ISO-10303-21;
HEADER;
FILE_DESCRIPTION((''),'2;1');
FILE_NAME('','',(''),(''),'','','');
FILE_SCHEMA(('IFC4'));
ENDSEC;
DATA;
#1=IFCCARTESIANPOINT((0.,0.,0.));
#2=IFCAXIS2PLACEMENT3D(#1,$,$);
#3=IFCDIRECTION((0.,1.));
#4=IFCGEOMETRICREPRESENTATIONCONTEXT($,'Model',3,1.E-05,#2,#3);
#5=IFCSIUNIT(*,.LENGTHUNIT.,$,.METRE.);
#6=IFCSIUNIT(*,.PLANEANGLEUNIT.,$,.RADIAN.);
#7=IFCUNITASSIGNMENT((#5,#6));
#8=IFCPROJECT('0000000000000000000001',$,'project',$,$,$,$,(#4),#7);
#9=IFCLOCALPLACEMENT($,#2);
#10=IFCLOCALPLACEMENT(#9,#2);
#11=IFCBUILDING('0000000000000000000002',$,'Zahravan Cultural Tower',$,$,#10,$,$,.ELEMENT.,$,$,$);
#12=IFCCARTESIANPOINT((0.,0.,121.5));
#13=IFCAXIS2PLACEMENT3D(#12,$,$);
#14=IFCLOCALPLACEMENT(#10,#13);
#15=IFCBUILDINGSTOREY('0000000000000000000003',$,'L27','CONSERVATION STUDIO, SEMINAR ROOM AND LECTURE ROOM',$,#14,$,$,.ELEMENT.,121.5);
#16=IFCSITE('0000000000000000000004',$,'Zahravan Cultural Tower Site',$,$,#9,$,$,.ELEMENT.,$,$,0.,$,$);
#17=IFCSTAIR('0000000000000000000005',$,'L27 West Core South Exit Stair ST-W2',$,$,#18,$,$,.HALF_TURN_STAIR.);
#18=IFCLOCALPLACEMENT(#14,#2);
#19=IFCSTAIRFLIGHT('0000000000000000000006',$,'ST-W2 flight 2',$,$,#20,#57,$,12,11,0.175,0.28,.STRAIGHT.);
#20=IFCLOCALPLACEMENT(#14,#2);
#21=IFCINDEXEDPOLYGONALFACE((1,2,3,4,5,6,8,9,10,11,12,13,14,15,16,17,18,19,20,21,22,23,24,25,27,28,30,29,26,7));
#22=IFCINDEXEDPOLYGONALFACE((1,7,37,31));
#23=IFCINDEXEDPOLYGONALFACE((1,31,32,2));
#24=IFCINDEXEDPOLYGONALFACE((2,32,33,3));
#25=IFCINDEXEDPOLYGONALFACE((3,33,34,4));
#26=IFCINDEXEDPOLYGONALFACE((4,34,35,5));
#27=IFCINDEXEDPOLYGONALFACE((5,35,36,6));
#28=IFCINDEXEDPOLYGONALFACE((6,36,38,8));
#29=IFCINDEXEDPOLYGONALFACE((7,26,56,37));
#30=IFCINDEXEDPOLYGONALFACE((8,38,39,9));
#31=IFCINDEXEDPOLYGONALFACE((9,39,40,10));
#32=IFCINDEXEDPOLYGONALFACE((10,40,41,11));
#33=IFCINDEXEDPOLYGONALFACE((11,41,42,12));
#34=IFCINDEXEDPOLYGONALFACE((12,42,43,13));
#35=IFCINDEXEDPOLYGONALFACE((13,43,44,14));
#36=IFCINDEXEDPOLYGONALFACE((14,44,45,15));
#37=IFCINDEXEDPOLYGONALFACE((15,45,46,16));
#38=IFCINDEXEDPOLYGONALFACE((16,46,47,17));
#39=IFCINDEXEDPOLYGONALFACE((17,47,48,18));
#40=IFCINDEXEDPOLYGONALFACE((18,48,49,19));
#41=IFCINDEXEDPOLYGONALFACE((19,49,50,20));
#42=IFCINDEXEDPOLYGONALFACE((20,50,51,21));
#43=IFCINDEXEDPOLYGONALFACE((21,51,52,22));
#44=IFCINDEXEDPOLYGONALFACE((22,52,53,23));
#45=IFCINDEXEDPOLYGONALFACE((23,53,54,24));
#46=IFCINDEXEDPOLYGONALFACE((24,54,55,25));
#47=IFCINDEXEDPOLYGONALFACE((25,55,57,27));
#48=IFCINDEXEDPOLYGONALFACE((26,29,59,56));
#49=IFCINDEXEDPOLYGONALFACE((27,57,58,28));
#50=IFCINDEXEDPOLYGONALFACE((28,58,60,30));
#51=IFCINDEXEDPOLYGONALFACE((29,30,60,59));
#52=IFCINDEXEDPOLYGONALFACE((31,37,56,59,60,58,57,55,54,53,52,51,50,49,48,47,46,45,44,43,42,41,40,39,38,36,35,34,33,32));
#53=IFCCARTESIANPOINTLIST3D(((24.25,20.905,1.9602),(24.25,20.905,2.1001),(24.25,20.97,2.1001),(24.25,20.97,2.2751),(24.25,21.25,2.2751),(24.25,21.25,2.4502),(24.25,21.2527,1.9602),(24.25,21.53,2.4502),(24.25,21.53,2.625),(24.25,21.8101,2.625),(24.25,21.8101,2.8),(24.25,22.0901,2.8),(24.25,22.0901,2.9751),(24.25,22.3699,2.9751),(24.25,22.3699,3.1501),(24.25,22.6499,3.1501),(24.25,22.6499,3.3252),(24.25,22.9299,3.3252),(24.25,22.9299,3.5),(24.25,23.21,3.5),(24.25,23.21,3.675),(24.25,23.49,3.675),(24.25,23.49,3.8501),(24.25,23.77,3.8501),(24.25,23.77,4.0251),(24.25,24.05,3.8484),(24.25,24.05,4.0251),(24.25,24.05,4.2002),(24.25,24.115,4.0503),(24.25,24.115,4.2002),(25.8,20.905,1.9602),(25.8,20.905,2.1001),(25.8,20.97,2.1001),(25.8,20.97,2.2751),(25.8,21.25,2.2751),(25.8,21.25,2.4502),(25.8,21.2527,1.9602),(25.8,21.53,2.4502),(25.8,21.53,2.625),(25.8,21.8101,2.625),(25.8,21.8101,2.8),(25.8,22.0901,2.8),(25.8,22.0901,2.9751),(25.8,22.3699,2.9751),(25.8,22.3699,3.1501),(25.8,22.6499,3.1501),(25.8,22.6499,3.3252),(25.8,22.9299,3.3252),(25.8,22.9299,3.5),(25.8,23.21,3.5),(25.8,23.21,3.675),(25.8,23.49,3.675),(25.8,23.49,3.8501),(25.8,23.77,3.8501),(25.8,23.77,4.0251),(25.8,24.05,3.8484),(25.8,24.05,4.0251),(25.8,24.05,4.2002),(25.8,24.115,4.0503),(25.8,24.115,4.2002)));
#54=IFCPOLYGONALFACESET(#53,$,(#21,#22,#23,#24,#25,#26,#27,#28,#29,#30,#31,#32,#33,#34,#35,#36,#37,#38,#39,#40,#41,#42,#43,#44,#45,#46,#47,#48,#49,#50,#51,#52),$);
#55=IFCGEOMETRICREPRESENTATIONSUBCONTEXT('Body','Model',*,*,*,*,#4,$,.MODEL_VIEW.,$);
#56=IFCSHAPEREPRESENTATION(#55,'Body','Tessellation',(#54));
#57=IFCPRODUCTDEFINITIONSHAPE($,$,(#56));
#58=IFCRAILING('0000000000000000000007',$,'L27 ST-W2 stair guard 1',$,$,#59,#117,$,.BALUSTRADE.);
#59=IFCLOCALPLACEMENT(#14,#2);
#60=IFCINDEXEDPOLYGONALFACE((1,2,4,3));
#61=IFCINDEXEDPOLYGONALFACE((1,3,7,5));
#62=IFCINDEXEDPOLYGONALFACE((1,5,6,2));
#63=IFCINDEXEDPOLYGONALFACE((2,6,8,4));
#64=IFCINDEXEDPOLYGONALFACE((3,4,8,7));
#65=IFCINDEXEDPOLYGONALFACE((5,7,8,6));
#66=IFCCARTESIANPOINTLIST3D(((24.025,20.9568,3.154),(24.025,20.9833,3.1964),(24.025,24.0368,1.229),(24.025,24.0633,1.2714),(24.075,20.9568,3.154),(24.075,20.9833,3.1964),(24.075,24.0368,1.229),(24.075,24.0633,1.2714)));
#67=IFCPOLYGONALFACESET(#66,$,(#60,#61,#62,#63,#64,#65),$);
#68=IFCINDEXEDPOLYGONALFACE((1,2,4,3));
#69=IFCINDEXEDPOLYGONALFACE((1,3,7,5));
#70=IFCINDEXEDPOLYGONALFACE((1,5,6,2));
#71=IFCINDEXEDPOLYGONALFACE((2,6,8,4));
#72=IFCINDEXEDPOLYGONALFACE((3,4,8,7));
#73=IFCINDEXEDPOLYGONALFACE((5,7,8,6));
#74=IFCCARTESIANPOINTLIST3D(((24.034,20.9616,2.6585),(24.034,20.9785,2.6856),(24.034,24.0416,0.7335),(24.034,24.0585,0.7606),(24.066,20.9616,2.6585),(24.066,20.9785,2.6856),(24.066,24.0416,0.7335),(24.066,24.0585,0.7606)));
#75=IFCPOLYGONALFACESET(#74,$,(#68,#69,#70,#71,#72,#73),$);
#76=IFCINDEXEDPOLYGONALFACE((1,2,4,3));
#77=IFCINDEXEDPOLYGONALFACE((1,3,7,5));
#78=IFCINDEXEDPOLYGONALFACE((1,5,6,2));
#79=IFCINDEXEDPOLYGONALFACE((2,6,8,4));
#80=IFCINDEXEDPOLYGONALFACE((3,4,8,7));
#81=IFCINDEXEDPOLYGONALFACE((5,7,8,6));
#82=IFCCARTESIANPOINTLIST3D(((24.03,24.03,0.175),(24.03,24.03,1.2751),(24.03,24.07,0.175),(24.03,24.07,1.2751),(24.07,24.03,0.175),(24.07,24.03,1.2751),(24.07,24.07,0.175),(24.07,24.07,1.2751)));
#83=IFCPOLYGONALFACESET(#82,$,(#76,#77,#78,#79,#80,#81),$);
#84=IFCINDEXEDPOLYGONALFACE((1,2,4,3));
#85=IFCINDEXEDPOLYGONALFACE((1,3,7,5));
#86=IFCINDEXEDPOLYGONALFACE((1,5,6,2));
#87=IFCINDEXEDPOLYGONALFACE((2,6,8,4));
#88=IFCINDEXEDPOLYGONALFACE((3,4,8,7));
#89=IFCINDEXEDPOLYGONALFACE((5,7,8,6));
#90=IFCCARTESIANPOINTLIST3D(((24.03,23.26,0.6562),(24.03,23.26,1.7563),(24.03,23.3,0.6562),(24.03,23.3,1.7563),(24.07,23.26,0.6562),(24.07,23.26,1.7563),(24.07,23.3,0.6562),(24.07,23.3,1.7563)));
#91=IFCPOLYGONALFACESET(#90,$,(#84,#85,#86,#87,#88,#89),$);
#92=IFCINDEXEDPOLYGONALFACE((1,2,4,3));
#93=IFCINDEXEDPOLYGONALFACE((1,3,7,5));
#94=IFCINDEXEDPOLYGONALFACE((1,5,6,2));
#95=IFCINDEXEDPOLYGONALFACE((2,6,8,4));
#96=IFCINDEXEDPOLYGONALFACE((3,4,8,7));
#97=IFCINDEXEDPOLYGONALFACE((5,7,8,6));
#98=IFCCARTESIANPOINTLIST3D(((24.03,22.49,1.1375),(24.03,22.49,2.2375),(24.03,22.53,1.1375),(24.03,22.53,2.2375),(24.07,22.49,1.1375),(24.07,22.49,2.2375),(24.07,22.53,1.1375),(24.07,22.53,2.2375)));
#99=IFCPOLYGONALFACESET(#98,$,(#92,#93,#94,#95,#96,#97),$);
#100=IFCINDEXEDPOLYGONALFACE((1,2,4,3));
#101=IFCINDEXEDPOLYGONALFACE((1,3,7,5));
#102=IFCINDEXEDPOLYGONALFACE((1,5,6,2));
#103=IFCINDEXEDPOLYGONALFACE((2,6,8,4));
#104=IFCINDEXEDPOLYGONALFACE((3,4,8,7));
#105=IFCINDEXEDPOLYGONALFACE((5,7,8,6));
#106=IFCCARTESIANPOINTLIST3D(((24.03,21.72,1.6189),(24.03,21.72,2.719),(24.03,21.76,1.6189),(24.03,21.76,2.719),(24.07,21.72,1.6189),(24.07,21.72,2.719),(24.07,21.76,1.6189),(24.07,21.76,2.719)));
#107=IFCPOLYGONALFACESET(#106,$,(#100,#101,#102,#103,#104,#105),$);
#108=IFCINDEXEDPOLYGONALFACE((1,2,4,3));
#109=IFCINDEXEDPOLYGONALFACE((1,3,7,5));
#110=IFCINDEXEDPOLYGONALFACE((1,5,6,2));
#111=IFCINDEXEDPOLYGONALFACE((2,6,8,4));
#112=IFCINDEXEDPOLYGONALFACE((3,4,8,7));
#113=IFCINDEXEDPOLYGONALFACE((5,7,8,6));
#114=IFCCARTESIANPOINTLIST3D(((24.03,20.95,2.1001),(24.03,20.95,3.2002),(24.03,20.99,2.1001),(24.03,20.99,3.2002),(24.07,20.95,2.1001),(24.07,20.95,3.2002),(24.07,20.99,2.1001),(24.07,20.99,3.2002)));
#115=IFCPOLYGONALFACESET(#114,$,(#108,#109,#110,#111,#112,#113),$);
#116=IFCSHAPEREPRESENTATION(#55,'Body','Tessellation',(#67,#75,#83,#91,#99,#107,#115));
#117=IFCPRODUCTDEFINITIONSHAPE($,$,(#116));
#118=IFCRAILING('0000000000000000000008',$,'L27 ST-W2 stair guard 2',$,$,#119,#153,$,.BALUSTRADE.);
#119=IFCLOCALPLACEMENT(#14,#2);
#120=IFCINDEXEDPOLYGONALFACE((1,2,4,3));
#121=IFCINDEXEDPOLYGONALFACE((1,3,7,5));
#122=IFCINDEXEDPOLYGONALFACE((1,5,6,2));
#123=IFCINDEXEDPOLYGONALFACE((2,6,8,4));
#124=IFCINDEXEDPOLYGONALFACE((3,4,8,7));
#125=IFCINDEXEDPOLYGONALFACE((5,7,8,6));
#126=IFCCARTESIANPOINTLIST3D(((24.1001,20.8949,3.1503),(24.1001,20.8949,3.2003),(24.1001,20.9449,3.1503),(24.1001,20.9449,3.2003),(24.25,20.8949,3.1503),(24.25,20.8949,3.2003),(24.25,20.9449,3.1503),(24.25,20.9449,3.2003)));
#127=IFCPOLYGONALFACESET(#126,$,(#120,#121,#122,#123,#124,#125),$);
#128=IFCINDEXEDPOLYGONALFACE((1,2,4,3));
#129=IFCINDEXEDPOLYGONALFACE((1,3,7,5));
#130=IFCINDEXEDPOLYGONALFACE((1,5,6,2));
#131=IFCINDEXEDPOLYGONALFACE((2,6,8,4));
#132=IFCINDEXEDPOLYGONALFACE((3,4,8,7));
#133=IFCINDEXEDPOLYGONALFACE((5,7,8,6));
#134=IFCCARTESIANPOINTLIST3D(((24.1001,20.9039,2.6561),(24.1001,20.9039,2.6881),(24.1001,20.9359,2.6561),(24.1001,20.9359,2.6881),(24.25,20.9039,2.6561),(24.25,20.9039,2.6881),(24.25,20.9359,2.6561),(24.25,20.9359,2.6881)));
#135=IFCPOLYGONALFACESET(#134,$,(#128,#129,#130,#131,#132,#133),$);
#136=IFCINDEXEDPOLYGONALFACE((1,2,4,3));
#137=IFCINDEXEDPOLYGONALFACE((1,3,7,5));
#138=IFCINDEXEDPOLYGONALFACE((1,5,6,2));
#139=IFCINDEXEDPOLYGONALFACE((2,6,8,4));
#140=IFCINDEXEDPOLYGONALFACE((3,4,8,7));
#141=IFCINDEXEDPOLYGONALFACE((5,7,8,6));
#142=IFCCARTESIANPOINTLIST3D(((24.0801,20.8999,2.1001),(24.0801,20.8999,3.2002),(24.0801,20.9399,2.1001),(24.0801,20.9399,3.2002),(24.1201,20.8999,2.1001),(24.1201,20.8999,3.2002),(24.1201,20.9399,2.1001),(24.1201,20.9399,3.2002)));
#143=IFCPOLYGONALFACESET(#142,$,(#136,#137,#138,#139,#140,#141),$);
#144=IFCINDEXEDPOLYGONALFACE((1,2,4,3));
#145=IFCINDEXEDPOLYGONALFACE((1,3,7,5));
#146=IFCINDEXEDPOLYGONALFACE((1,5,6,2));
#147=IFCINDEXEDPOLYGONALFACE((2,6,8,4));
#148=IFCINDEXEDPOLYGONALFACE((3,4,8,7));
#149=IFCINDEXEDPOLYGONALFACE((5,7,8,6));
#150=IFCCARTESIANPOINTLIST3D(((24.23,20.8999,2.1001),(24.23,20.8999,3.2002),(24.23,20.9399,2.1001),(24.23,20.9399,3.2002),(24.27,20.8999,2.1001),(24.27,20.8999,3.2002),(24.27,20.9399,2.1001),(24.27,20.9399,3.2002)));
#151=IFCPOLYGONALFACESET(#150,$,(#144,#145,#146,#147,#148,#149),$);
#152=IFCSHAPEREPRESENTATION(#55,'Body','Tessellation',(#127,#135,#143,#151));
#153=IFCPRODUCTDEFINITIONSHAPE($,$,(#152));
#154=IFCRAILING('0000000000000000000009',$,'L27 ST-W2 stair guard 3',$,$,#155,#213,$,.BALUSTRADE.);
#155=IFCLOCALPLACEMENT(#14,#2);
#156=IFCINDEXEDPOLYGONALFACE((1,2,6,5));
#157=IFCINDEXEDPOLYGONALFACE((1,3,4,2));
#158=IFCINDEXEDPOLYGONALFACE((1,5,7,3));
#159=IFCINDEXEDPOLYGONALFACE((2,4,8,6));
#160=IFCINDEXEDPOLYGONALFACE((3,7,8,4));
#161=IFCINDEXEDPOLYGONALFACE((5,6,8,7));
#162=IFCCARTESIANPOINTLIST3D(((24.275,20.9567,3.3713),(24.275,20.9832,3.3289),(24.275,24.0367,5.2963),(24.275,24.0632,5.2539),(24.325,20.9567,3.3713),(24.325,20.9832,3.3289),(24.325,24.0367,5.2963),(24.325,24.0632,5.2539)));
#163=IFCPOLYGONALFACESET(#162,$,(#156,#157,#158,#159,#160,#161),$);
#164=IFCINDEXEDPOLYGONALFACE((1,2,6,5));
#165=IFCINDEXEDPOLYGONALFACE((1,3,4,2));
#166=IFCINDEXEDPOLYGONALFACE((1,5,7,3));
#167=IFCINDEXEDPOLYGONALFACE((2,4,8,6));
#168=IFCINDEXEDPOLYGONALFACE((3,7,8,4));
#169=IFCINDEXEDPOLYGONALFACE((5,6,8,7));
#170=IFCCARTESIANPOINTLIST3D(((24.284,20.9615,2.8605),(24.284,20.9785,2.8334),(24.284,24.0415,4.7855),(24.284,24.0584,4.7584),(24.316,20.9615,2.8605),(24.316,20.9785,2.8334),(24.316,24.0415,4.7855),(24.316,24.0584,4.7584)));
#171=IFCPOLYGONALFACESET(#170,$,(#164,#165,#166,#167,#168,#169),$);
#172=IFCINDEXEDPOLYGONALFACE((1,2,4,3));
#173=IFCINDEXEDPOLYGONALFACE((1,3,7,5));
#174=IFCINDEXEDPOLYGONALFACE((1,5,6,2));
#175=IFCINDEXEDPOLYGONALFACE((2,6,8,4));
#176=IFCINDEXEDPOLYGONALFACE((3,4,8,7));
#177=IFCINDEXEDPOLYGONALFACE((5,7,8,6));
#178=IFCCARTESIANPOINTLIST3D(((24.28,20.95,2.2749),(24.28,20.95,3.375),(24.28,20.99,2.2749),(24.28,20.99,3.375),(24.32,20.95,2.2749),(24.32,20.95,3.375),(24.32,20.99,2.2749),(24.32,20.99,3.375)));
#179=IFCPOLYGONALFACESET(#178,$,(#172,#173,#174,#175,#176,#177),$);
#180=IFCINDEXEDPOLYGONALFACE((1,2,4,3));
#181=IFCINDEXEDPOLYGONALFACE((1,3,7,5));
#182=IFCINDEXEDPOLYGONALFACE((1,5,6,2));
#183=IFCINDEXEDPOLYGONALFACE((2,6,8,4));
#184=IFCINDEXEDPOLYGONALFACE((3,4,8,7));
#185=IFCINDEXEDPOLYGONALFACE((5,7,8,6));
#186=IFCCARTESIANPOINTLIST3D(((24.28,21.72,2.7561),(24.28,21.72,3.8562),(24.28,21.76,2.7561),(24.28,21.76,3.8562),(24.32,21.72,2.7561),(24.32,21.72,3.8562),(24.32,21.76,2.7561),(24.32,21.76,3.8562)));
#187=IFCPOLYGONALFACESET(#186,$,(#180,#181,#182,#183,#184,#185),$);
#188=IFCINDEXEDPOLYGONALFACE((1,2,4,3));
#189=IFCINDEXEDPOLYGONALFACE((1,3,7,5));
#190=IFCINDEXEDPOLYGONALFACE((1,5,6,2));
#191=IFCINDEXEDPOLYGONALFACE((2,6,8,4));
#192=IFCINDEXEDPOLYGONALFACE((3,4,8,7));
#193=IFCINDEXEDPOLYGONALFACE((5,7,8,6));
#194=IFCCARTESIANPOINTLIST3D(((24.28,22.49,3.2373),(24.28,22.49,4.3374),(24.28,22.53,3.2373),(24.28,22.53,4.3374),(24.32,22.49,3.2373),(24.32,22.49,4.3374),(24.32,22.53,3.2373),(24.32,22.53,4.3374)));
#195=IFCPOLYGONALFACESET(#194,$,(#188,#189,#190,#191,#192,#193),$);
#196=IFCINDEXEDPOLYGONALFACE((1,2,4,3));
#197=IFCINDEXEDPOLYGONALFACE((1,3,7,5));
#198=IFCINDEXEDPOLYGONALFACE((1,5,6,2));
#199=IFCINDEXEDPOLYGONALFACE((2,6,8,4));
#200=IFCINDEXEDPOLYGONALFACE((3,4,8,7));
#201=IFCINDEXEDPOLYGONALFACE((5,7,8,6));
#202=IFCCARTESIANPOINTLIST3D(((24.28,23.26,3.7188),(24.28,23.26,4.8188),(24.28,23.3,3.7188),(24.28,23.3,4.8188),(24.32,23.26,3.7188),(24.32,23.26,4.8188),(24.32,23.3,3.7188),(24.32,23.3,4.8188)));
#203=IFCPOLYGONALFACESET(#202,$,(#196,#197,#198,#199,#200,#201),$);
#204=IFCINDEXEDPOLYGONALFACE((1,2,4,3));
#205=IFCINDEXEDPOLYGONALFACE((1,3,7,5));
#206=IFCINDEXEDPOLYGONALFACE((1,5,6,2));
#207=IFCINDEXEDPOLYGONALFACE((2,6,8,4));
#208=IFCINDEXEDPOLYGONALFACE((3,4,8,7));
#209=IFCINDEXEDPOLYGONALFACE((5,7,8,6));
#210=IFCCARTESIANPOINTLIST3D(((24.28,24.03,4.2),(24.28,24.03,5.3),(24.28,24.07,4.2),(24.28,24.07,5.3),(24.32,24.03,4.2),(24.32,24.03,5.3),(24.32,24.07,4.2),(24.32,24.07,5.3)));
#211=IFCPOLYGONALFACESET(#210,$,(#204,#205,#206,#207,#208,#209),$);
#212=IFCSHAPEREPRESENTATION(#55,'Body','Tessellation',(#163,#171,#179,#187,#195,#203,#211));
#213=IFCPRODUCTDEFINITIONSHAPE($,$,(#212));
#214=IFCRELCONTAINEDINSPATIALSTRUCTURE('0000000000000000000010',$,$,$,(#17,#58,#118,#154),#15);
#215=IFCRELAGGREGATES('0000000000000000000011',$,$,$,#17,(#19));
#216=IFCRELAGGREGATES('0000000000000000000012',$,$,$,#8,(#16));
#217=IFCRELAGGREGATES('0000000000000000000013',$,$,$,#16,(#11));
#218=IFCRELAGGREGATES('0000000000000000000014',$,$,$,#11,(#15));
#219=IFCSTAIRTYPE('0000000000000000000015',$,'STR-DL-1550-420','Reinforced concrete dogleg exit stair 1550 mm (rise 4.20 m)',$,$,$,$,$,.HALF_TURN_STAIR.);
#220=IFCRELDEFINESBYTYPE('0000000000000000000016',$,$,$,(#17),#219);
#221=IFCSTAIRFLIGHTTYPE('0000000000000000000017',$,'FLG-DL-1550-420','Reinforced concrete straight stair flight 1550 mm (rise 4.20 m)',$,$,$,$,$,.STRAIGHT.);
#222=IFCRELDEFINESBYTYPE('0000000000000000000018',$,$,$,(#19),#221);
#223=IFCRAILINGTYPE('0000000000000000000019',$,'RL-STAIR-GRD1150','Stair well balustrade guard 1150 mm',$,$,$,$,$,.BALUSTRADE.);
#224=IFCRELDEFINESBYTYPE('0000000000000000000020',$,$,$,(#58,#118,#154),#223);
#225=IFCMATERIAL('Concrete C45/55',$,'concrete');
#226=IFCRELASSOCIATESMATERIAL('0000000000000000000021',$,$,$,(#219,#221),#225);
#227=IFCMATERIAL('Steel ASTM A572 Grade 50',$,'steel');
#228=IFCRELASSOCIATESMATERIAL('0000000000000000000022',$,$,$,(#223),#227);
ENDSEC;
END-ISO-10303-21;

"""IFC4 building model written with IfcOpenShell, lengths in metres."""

from ifc_helpers import new_model, si_unit, direction, frame, origin, origin_2d, place, context, subcontext, project, spatial, polyline, rectangle, outline, extrude, material, type_object, element, aggregate, save


model = new_model("IFC4")

# Units and contexts
model_context = context("Model", 3, precision=1e-05, world=origin(), true_north=direction((0.0, 1.0)))
body_context = subcontext(model_context, "Body", "Model", "MODEL_VIEW")
ifc_project = project(units=[si_unit("LENGTHUNIT", "METRE"), si_unit("PLANEANGLEUNIT", "RADIAN")], contexts=[model_context])

# Site, building, storey
site_placement = place(None, origin())
site = spatial("IfcSite", under=ifc_project, at=site_placement, Name="Zahravan Cultural Tower Site", CompositionType="ELEMENT", RefElevation=0.0)
building_placement = place(site_placement, origin())
building = spatial("IfcBuilding", under=site, at=building_placement, Name="Zahravan Cultural Tower", CompositionType="ELEMENT")
storey_placement = place(building_placement, frame((0.0, 0.0, 121.5)))
storey = spatial("IfcBuildingStorey", under=building, at=storey_placement, Name="L27", Description="CONSERVATION STUDIO, SEMINAR ROOM AND LECTURE ROOM", CompositionType="ELEMENT", Elevation=121.5)

# Shared definitions
ifc_material_1 = material(Name="Concrete C45/55", Category="concrete")
ifc_material_2 = material(Name="Steel ASTM A572 Grade 50", Category="steel")

# Stair, stair flight
stair_type = type_object("IfcStairType", Name="STR-DL-1550-420", Description="Reinforced concrete dogleg exit stair 1550 mm (rise 4.20 m)", PredefinedType="HALF_TURN_STAIR", material=ifc_material_1)
stair_placement = place(storey_placement, origin())
stair = element("IfcStair", 1, at=stair_placement, inside=storey, type_object=stair_type, Name="L27 West Core South Exit Stair ST-W2", PredefinedType="HALF_TURN_STAIR")
stair_flight_type = type_object("IfcStairFlightType", Name="FLG-DL-1550-420", Description="Reinforced concrete straight stair flight 1550 mm (rise 4.20 m)", PredefinedType="STRAIGHT", material=ifc_material_1)
stair_flight_1_placement = place(storey_placement, frame((25.0249, 20.97, 2.1001), z_axis=(0.0, 0.0, 1.0), x_axis=(0.0, 1.0, 0.0)))
stair_flight_1 = element("IfcStairFlight", 2, at=stair_flight_1_placement, type_object=stair_flight_type, Name="ST-W2 flight 2", NumberOfRisers=12, NumberOfTreads=11, PredefinedType="STRAIGHT", RiserHeight=0.175, TreadLength=0.28, context=body_context, shape_type="SweptSolid", body=[
    extrude(outline(polyline([(-0.0649, -0.1399), (-0.0649, 0.0), (0.0, 0.0), (0.0, 0.175), (0.28, 0.175), (0.28, 0.3501), (0.5601, 0.3501), (0.5601, 0.5249), (0.8401, 0.5249), (0.8401, 0.7), (1.1201, 0.7), (1.1201, 0.875), (1.3999, 0.875), (1.3999, 1.05), (1.6799, 1.05), (1.6799, 1.2251), (1.96, 1.2251), (1.96, 1.3999), (2.24, 1.3999), (2.24, 1.575), (2.52, 1.575), (2.52, 1.75), (2.8, 1.75), (2.8, 1.925), (3.0801, 1.925), (3.0801, 2.1001), (3.145, 2.1001), (3.145, 1.9502), (3.0801, 1.7483), (0.2827, -0.1399), (-0.0649, -0.1399)])), frame((0.0, 0.7749, 0.0), z_axis=(0.0, -1.0, 0.0), x_axis=(1.0, 0.0, 0.0)), (0.0, 0.0, 1.0), 1.55),
])
aggregate(stair, [stair_flight_1])

# Railings
railing_type_1 = type_object("IfcRailingType", Name="RL-STAIR-GRD1150", Description="Stair well balustrade guard 1150 mm", PredefinedType="BALUSTRADE", material=ifc_material_2)
railing_1_placement = place(storey_placement, frame((24.05, 24.05, 0.175)))
element("IfcRailing", 3, at=railing_1_placement, inside=storey, type_object=railing_type_1, Name="L27 ST-W2 stair guard 1", PredefinedType="BALUSTRADE", context=body_context, shape_type="SweptSolid", body=[
    extrude(rectangle(XDim=0.05, YDim=0.05, at=origin_2d()), frame((0.0, 0.0, 1.0752), z_axis=(0.0, -0.847998, 0.529999), x_axis=(1.0, 0.0, 0.0)), (0.0, 0.0, 1.0), 3.6321),
    extrude(rectangle(XDim=0.032, YDim=0.032, at=origin_2d()), frame((0.0, 0.0, 0.572), z_axis=(0.0, -0.847998, 0.529999), x_axis=(1.0, 0.0, 0.0)), (0.0, 0.0, 1.0), 3.6321),
    extrude(rectangle(XDim=0.04, YDim=0.04, at=origin_2d()), origin(), (0.0, 0.0, 1.0), 1.1001),
    extrude(rectangle(XDim=0.04, YDim=0.04, at=origin_2d()), frame((0.0, -0.77, 0.4812)), (0.0, 0.0, 1.0), 1.1001),
    extrude(rectangle(XDim=0.04, YDim=0.04, at=origin_2d()), frame((0.0, -1.54, 0.9624)), (0.0, 0.0, 1.0), 1.1001),
    extrude(rectangle(XDim=0.04, YDim=0.04, at=origin_2d()), frame((0.0, -2.3101, 1.4438)), (0.0, 0.0, 1.0), 1.1001),
    extrude(rectangle(XDim=0.04, YDim=0.04, at=origin_2d()), frame((0.0, -3.0801, 1.925)), (0.0, 0.0, 1.0), 1.1001),
])
railing_2_placement = place(storey_placement, frame((24.1001, 20.9199, 2.1001)))
element("IfcRailing", 4, at=railing_2_placement, inside=storey, type_object=railing_type_1, Name="L27 ST-W2 stair guard 2", PredefinedType="BALUSTRADE", context=body_context, shape_type="SweptSolid", body=[
    extrude(rectangle(XDim=0.05, YDim=0.05, at=origin_2d()), frame((0.0, 0.0, 1.0752), z_axis=(1.0, 0.0, 0.0), x_axis=(0.0, 1.0, 0.0)), (0.0, 0.0, 1.0), 0.1499),
    extrude(rectangle(XDim=0.032, YDim=0.032, at=origin_2d()), frame((0.0, 0.0, 0.572), z_axis=(1.0, 0.0, 0.0), x_axis=(0.0, 1.0, 0.0)), (0.0, 0.0, 1.0), 0.1499),
    extrude(rectangle(XDim=0.04, YDim=0.04, at=origin_2d()), origin(), (0.0, 0.0, 1.0), 1.1001),
    extrude(rectangle(XDim=0.04, YDim=0.04, at=origin_2d()), frame((0.1499, 0.0, 0.0)), (0.0, 0.0, 1.0), 1.1001),
])
railing_3_placement = place(storey_placement, frame((24.3, 20.97, 2.2749)))
element("IfcRailing", 5, at=railing_3_placement, inside=storey, type_object=railing_type_1, Name="L27 ST-W2 stair guard 3", PredefinedType="BALUSTRADE", context=body_context, shape_type="SweptSolid", body=[
    extrude(rectangle(XDim=0.05, YDim=0.05, at=origin_2d()), frame((0.0, 0.0, 1.0752), z_axis=(0.0, 0.847998, 0.529999), x_axis=(-1.0, 0.0, 0.0)), (0.0, 0.0, 1.0), 3.6321),
    extrude(rectangle(XDim=0.032, YDim=0.032, at=origin_2d()), frame((0.0, 0.0, 0.572), z_axis=(0.0, 0.847998, 0.529999), x_axis=(-1.0, 0.0, 0.0)), (0.0, 0.0, 1.0), 3.6321),
    extrude(rectangle(XDim=0.04, YDim=0.04, at=origin_2d()), origin(), (0.0, 0.0, 1.0), 1.1001),
    extrude(rectangle(XDim=0.04, YDim=0.04, at=origin_2d()), frame((0.0, 0.77, 0.4812)), (0.0, 0.0, 1.0), 1.1001),
    extrude(rectangle(XDim=0.04, YDim=0.04, at=origin_2d()), frame((0.0, 1.54, 0.9624)), (0.0, 0.0, 1.0), 1.1001),
    extrude(rectangle(XDim=0.04, YDim=0.04, at=origin_2d()), frame((0.0, 2.3101, 1.4438)), (0.0, 0.0, 1.0), 1.1001),
    extrude(rectangle(XDim=0.04, YDim=0.04, at=origin_2d()), frame((0.0, 3.0801, 1.925)), (0.0, 0.0, 1.0), 1.1001),
])

save(model, "model.ifc")
